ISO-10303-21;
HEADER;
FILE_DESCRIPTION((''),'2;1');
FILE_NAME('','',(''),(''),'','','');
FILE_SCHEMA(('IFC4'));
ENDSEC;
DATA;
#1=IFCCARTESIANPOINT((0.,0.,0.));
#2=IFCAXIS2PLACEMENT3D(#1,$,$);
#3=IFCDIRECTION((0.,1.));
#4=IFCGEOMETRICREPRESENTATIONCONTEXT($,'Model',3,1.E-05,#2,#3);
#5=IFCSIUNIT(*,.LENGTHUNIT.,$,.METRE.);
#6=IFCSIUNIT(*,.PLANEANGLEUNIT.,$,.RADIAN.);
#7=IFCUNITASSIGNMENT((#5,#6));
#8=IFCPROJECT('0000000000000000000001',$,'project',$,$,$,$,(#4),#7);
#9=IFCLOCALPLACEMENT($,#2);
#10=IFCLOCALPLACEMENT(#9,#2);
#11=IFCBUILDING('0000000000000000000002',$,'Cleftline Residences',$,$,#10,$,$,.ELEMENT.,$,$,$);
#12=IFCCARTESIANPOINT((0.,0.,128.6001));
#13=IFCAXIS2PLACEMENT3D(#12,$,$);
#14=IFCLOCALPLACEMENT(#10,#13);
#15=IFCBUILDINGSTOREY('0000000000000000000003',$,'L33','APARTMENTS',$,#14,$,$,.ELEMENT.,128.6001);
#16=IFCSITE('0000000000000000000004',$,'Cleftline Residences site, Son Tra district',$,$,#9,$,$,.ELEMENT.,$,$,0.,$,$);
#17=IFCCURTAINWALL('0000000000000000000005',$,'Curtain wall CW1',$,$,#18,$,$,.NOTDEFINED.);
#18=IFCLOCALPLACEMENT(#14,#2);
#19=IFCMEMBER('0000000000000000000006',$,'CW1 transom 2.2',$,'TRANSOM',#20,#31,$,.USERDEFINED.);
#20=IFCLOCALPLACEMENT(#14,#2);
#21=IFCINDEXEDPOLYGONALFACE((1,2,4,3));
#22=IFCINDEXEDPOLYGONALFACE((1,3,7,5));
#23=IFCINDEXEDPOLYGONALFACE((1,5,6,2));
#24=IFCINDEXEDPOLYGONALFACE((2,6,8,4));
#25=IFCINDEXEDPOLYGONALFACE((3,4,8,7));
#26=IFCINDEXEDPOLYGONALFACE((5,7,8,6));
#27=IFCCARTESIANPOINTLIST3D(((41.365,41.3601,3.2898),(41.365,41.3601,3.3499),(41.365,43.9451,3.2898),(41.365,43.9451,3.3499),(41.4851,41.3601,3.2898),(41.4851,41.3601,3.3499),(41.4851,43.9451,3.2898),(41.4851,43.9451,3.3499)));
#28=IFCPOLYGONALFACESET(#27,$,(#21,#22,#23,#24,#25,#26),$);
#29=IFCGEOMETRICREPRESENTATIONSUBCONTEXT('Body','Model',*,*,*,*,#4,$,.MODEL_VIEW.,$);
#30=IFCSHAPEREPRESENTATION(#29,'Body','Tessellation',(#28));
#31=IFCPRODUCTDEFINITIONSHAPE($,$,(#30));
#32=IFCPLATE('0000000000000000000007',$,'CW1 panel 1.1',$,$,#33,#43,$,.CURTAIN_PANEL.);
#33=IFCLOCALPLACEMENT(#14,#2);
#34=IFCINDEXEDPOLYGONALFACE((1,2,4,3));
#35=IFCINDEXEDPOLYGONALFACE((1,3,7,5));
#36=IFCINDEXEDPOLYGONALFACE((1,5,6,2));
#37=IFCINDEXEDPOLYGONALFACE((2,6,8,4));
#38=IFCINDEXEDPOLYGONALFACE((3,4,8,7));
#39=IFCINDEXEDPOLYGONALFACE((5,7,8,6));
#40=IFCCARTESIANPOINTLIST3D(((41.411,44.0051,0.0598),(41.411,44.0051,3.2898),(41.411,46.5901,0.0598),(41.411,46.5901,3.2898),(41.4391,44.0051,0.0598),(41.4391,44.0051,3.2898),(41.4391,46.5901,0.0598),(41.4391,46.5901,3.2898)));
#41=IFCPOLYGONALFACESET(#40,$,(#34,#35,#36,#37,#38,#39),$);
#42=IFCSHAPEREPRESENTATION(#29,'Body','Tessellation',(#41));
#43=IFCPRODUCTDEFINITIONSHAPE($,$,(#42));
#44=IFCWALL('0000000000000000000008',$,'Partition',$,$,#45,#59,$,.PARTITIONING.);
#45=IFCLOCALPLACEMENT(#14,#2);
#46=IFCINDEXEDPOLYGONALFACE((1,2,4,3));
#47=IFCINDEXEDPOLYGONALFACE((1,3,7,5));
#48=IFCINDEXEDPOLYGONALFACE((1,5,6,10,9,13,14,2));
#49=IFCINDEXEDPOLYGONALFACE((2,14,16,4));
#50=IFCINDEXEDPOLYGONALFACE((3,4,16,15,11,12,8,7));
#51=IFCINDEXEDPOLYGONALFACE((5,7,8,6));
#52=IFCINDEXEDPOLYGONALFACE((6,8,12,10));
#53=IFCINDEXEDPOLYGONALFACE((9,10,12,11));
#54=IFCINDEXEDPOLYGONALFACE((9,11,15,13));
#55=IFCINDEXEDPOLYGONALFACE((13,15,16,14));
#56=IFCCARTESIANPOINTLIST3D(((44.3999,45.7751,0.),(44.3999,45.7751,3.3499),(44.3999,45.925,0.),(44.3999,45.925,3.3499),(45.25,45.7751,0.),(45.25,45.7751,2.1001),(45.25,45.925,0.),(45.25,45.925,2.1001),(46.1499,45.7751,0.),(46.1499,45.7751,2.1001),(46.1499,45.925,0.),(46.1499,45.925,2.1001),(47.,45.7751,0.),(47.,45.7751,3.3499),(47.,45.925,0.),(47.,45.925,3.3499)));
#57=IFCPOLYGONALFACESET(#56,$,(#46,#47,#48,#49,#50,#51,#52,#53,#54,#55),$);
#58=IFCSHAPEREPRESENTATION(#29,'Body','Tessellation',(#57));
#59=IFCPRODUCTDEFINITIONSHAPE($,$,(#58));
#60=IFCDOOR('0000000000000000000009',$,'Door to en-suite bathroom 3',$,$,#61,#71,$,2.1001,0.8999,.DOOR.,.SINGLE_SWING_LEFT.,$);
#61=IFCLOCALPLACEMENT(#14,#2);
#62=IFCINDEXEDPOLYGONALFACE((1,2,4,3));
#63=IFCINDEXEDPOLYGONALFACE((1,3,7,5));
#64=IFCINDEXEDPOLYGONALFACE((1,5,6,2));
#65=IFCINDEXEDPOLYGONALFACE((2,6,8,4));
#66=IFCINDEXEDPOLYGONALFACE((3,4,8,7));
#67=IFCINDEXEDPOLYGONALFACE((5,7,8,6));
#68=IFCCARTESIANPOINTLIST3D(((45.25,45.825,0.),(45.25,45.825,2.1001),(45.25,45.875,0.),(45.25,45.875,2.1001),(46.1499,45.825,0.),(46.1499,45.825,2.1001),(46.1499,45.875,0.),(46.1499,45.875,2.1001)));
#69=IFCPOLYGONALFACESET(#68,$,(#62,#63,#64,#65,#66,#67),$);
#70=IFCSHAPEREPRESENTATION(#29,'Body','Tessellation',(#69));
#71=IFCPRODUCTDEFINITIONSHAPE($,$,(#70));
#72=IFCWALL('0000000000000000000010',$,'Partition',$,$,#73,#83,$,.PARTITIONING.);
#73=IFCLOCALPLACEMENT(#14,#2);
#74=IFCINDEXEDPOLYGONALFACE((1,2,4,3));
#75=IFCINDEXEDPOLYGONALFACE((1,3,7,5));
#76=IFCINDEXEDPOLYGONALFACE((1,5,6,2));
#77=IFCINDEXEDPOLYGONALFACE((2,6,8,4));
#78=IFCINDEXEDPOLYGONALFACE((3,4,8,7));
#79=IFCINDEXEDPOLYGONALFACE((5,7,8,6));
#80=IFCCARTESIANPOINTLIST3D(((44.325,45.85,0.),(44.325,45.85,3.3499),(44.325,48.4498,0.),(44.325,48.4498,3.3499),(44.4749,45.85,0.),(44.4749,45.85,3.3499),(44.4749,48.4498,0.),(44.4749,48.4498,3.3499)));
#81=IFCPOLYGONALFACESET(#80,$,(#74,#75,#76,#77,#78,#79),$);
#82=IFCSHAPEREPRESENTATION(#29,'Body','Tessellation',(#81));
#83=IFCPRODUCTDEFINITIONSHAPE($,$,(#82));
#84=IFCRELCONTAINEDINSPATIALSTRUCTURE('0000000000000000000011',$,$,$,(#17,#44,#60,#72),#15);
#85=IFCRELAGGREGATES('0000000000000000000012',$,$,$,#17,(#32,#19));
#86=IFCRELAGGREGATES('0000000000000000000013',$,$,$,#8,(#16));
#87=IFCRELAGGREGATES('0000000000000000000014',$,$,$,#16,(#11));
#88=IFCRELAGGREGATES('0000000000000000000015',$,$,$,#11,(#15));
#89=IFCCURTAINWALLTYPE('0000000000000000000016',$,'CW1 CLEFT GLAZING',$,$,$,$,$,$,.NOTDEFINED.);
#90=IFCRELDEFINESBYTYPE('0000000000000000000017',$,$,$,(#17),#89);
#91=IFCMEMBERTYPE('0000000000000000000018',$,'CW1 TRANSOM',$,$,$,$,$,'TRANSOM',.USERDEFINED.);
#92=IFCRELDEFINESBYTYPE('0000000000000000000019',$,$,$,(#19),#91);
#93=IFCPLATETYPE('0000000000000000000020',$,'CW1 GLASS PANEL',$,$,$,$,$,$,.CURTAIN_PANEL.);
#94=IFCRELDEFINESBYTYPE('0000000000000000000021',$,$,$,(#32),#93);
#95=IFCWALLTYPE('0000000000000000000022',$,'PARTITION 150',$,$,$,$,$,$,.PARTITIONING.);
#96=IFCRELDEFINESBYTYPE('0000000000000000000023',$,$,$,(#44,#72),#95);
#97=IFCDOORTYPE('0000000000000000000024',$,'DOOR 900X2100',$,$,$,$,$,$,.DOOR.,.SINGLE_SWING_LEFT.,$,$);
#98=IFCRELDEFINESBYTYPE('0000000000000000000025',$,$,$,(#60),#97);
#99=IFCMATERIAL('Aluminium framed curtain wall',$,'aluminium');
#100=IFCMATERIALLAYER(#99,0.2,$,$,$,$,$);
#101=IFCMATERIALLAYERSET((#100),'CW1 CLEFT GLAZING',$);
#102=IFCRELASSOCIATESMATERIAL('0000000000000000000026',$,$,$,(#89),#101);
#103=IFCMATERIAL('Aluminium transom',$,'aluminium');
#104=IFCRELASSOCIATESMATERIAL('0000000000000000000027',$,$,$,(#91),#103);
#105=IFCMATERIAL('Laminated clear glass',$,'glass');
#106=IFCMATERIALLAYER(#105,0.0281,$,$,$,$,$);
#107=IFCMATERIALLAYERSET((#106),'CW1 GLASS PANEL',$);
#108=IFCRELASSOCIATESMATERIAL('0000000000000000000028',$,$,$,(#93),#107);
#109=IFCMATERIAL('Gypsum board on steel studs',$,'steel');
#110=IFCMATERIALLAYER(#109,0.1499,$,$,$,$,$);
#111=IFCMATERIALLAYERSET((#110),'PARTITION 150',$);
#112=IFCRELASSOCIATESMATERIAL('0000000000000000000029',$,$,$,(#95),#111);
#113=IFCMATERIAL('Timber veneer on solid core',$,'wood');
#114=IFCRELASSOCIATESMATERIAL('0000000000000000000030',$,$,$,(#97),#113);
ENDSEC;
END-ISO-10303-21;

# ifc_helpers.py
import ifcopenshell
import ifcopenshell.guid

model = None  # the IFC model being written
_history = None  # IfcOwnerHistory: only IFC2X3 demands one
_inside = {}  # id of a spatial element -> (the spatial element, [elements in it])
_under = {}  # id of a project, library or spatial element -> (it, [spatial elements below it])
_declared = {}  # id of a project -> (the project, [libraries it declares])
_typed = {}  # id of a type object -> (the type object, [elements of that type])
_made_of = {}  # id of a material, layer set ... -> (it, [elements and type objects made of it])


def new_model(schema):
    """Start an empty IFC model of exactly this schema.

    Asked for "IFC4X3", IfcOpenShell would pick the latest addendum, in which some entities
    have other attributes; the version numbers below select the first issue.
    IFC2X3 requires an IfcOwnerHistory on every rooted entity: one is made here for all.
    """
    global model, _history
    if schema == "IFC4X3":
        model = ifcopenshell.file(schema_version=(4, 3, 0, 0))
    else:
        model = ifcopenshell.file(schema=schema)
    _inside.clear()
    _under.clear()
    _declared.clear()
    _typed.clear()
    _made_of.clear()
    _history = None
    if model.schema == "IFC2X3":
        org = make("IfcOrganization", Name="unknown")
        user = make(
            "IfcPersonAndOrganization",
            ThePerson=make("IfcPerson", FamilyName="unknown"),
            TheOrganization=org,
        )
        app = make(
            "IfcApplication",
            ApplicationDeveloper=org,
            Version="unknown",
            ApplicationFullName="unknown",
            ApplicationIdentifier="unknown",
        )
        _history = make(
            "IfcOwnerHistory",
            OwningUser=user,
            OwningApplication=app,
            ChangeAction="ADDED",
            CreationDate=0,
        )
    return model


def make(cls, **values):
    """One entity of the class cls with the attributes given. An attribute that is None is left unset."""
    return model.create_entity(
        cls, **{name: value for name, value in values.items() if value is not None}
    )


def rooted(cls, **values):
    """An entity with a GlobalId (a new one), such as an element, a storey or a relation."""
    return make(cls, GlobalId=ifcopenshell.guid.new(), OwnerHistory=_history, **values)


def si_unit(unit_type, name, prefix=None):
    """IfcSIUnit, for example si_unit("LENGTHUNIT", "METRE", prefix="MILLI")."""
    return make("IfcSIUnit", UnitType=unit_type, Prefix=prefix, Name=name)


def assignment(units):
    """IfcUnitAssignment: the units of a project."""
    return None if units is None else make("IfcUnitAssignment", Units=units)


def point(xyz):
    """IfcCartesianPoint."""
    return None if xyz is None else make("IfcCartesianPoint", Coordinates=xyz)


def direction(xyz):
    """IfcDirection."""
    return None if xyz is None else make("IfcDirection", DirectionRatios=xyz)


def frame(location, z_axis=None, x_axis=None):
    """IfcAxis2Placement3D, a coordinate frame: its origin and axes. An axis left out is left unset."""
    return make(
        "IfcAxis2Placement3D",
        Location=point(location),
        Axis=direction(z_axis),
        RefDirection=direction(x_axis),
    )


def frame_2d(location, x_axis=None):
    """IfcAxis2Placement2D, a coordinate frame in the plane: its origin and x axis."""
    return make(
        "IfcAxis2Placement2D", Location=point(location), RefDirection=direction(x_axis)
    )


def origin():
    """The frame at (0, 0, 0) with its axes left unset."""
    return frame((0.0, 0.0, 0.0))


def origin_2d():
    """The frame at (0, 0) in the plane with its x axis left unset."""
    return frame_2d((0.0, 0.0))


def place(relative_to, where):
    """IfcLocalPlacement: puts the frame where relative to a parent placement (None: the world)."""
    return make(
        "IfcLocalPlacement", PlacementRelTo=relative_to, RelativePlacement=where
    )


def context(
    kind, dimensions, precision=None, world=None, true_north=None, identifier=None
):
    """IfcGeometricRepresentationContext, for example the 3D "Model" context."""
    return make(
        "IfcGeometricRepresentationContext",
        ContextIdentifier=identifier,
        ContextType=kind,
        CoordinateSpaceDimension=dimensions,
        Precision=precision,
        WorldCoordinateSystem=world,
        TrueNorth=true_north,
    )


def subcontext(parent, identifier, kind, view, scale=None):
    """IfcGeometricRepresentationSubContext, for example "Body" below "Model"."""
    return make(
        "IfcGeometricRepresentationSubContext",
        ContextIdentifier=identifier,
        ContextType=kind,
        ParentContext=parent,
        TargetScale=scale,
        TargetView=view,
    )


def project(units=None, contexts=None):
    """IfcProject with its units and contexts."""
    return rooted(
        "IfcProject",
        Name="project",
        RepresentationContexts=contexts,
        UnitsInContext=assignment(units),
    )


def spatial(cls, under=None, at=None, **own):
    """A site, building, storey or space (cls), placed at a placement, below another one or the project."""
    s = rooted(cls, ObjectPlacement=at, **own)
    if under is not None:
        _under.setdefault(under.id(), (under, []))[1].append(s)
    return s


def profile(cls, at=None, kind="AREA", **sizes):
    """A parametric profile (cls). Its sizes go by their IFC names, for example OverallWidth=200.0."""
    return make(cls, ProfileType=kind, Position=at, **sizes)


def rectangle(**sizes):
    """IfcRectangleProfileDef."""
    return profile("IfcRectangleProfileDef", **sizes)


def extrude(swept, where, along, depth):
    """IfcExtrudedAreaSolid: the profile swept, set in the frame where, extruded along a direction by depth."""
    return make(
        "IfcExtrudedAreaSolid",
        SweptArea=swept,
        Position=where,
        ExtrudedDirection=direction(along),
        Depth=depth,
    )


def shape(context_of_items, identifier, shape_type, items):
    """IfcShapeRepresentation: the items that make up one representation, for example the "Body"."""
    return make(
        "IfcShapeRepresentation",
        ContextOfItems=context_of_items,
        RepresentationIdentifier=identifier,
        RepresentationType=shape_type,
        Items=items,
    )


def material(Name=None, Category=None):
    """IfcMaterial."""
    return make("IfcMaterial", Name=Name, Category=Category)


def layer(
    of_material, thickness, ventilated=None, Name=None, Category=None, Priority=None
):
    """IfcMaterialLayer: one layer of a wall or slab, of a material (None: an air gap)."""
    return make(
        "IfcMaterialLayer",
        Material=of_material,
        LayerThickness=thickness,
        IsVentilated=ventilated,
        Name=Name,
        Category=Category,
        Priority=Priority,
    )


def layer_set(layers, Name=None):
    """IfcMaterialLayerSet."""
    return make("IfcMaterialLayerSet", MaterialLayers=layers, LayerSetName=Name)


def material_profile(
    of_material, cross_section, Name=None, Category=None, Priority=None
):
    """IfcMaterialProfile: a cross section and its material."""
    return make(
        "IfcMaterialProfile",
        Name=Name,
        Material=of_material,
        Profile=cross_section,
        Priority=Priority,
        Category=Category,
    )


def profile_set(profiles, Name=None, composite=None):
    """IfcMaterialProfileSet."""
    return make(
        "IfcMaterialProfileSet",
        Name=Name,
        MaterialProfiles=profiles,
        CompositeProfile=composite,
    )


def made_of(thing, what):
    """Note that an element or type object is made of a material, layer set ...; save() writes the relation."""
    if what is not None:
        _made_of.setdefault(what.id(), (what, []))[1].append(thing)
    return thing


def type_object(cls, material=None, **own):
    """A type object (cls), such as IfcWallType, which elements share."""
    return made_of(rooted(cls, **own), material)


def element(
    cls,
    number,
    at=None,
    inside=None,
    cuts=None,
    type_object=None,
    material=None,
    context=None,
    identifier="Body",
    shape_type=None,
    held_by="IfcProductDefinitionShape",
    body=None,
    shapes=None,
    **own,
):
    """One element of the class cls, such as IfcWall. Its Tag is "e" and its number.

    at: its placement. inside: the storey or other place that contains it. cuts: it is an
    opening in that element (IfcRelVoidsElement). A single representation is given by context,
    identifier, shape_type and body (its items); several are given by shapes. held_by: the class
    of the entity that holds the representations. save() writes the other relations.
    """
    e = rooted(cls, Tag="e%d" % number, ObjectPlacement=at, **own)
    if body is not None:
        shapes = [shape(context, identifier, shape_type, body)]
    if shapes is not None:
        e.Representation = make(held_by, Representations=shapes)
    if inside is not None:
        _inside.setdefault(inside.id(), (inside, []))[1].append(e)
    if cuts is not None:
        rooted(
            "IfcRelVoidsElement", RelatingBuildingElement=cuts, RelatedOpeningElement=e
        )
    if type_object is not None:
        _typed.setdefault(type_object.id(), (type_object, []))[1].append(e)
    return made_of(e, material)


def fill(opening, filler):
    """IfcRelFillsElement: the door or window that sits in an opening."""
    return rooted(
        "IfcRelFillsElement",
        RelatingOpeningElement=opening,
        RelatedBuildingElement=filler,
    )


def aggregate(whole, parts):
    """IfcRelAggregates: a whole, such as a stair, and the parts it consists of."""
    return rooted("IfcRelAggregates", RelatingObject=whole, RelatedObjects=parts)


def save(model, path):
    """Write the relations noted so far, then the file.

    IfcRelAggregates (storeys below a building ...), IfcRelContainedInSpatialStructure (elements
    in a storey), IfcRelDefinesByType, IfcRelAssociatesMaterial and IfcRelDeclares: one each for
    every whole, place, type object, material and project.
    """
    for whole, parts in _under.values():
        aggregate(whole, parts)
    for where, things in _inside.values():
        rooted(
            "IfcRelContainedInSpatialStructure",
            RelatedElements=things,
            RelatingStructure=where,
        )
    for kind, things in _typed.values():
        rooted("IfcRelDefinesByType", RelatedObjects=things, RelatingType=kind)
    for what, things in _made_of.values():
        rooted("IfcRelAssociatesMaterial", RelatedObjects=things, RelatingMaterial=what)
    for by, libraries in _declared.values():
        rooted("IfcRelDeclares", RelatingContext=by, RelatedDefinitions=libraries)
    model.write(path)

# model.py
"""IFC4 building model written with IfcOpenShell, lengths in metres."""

from ifc_helpers import new_model, si_unit, direction, frame, frame_2d, origin, origin_2d, place, context, subcontext, project, spatial, rectangle, extrude, material, layer, layer_set, material_profile, profile_set, type_object, element, fill, aggregate, save


model = new_model("IFC4")

# Units and contexts
model_context = context("Model", 3, precision=1e-05, world=origin(), true_north=direction((0.0, 1.0)))
body_context = subcontext(model_context, "Body", "Model", "MODEL_VIEW")
ifc_project = project(units=[si_unit("LENGTHUNIT", "METRE"), si_unit("PLANEANGLEUNIT", "RADIAN")], contexts=[model_context])

# Site, building, storey
site_placement = place(None, origin())
site = spatial("IfcSite", under=ifc_project, at=site_placement, Name="Cleftline Residences site, Son Tra district", CompositionType="ELEMENT", RefElevation=0.0)
building_placement = place(site_placement, origin())
building = spatial("IfcBuilding", under=site, at=building_placement, Name="Cleftline Residences", CompositionType="ELEMENT")
storey_placement = place(building_placement, frame((0.0, 0.0, 128.6001)))
storey = spatial("IfcBuildingStorey", under=building, at=storey_placement, Name="L33", Description="APARTMENTS", CompositionType="ELEMENT", Elevation=128.6001)

# Curtain wall, member, plate
ifc_material_1 = material(Name="Aluminium framed curtain wall", Category="aluminium")
ifc_layer_1 = layer(ifc_material_1, 0.2)
ifc_layer_set_1 = layer_set([ifc_layer_1], Name="CW1 CLEFT GLAZING")
curtain_wall_type = type_object("IfcCurtainWallType", Name="CW1 CLEFT GLAZING", PredefinedType="NOTDEFINED", material=ifc_layer_set_1)
curtain_wall_placement = place(storey_placement, origin())
curtain_wall = element("IfcCurtainWall", 1, at=curtain_wall_placement, inside=storey, type_object=curtain_wall_type, Name="Curtain wall CW1", PredefinedType="NOTDEFINED")
ifc_material_2 = material(Name="Aluminium transom", Category="aluminium")
ifc_material_profile_1 = material_profile(ifc_material_2, rectangle(XDim=0.1201, YDim=0.0601, at=origin_2d()))
ifc_profile_set_1 = profile_set([ifc_material_profile_1], Name="Aluminium transom")
member_type_1 = type_object("IfcMemberType", Name="CW1 TRANSOM", ElementType="TRANSOM", PredefinedType="USERDEFINED", material=ifc_profile_set_1)
member_1_placement = place(storey_placement, frame((41.425, 43.9451, 3.3198), z_axis=(0.0, -1.0, 0.0), x_axis=(1.0, 0.0, 0.0)))
member_1 = element("IfcMember", 2, at=member_1_placement, type_object=member_type_1, Name="CW1 transom 2.2", ObjectType="TRANSOM", PredefinedType="USERDEFINED", context=body_context, shape_type="SweptSolid", body=[
    extrude(rectangle(XDim=0.1201, YDim=0.0601, at=origin_2d()), origin(), (0.0, 0.0, 1.0), 2.585),
])
ifc_material_3 = material(Name="Laminated clear glass", Category="glass")
ifc_layer_2 = layer(ifc_material_3, 0.0281)
ifc_layer_set_2 = layer_set([ifc_layer_2], Name="CW1 GLASS PANEL")
plate_type = type_object("IfcPlateType", Name="CW1 GLASS PANEL", PredefinedType="CURTAIN_PANEL", material=ifc_layer_set_2)
plate_placement = place(storey_placement, frame((41.425, 45.2976, 0.0598), z_axis=(0.0, 0.0, 1.0), x_axis=(0.0, -1.0, 0.0)))
plate = element("IfcPlate", 3, at=plate_placement, type_object=plate_type, Name="CW1 panel 1.1", PredefinedType="CURTAIN_PANEL", context=body_context, shape_type="SweptSolid", body=[
    extrude(rectangle(XDim=2.585, YDim=0.0281, at=origin_2d()), origin(), (0.0, 0.0, 1.0), 3.23),
])
aggregate(curtain_wall, [plate, member_1])

# Wall, opening, door
ifc_material_4 = material(Name="Gypsum board on steel studs", Category="steel")
ifc_layer_3 = layer(ifc_material_4, 0.1499)
ifc_layer_set_3 = layer_set([ifc_layer_3], Name="PARTITION 150")
wall_type = type_object("IfcWallType", Name="PARTITION 150", PredefinedType="PARTITIONING", material=ifc_layer_set_3)
wall_1_placement = place(storey_placement, frame((44.3999, 45.8501, 0.0), z_axis=(0.0, 0.0, 1.0), x_axis=(1.0, 0.0, 0.0)))
wall_1 = element("IfcWall", 4, at=wall_1_placement, inside=storey, type_object=wall_type, Name="Partition", PredefinedType="PARTITIONING", context=body_context, shape_type="SweptSolid", body=[
    extrude(rectangle(XDim=2.6001, YDim=0.1499, at=frame_2d((1.3, 0.0))), origin(), (0.0, 0.0, 1.0), 3.3499),
])
opening_placement = place(wall_1_placement, frame((0.8501, 0.0, 0.0)))
opening = element("IfcOpeningElement", 5, at=opening_placement, cuts=wall_1, PredefinedType="OPENING", context=body_context, shape_type="SweptSolid", body=[
    extrude(rectangle(XDim=0.8999, YDim=2.1001, at=frame_2d((0.45, 1.05))), frame((0.0, 0.085, 0.0), z_axis=(0.0, -1.0, 0.0), x_axis=(1.0, 0.0, 0.0)), (0.0, 0.0, 1.0), 0.1699),
])
ifc_material_5 = material(Name="Timber veneer on solid core", Category="wood")
door_type = type_object("IfcDoorType", Name="DOOR 900X2100", OperationType="SINGLE_SWING_LEFT", PredefinedType="DOOR", material=ifc_material_5)
door_placement = place(opening_placement, origin())
door = element("IfcDoor", 6, at=door_placement, inside=storey, type_object=door_type, Name="Door to en-suite bathroom 3", OperationType="SINGLE_SWING_LEFT", OverallHeight=2.1001, OverallWidth=0.8999, PredefinedType="DOOR", context=body_context, shape_type="SweptSolid", body=[
    extrude(rectangle(XDim=0.8999, YDim=2.1001, at=frame_2d((0.45, 1.05))), frame((0.0, 0.0249, 0.0), z_axis=(0.0, -1.0, 0.0), x_axis=(1.0, 0.0, 0.0)), (0.0, 0.0, 1.0), 0.05),
])
fill(opening, door)

# Wall
wall_2_placement = place(storey_placement, frame((44.3999, 45.8501, 0.0), z_axis=(0.0, 0.0, 1.0), x_axis=(0.0, 1.0, 0.0)))
element("IfcWall", 7, at=wall_2_placement, inside=storey, type_object=wall_type, Name="Partition", PredefinedType="PARTITIONING", context=body_context, shape_type="SweptSolid", body=[
    extrude(rectangle(XDim=2.5999, YDim=0.1499, at=frame_2d((1.2998, 0.0))), origin(), (0.0, 0.0, 1.0), 3.3499),
])

save(model, "model.ifc")
